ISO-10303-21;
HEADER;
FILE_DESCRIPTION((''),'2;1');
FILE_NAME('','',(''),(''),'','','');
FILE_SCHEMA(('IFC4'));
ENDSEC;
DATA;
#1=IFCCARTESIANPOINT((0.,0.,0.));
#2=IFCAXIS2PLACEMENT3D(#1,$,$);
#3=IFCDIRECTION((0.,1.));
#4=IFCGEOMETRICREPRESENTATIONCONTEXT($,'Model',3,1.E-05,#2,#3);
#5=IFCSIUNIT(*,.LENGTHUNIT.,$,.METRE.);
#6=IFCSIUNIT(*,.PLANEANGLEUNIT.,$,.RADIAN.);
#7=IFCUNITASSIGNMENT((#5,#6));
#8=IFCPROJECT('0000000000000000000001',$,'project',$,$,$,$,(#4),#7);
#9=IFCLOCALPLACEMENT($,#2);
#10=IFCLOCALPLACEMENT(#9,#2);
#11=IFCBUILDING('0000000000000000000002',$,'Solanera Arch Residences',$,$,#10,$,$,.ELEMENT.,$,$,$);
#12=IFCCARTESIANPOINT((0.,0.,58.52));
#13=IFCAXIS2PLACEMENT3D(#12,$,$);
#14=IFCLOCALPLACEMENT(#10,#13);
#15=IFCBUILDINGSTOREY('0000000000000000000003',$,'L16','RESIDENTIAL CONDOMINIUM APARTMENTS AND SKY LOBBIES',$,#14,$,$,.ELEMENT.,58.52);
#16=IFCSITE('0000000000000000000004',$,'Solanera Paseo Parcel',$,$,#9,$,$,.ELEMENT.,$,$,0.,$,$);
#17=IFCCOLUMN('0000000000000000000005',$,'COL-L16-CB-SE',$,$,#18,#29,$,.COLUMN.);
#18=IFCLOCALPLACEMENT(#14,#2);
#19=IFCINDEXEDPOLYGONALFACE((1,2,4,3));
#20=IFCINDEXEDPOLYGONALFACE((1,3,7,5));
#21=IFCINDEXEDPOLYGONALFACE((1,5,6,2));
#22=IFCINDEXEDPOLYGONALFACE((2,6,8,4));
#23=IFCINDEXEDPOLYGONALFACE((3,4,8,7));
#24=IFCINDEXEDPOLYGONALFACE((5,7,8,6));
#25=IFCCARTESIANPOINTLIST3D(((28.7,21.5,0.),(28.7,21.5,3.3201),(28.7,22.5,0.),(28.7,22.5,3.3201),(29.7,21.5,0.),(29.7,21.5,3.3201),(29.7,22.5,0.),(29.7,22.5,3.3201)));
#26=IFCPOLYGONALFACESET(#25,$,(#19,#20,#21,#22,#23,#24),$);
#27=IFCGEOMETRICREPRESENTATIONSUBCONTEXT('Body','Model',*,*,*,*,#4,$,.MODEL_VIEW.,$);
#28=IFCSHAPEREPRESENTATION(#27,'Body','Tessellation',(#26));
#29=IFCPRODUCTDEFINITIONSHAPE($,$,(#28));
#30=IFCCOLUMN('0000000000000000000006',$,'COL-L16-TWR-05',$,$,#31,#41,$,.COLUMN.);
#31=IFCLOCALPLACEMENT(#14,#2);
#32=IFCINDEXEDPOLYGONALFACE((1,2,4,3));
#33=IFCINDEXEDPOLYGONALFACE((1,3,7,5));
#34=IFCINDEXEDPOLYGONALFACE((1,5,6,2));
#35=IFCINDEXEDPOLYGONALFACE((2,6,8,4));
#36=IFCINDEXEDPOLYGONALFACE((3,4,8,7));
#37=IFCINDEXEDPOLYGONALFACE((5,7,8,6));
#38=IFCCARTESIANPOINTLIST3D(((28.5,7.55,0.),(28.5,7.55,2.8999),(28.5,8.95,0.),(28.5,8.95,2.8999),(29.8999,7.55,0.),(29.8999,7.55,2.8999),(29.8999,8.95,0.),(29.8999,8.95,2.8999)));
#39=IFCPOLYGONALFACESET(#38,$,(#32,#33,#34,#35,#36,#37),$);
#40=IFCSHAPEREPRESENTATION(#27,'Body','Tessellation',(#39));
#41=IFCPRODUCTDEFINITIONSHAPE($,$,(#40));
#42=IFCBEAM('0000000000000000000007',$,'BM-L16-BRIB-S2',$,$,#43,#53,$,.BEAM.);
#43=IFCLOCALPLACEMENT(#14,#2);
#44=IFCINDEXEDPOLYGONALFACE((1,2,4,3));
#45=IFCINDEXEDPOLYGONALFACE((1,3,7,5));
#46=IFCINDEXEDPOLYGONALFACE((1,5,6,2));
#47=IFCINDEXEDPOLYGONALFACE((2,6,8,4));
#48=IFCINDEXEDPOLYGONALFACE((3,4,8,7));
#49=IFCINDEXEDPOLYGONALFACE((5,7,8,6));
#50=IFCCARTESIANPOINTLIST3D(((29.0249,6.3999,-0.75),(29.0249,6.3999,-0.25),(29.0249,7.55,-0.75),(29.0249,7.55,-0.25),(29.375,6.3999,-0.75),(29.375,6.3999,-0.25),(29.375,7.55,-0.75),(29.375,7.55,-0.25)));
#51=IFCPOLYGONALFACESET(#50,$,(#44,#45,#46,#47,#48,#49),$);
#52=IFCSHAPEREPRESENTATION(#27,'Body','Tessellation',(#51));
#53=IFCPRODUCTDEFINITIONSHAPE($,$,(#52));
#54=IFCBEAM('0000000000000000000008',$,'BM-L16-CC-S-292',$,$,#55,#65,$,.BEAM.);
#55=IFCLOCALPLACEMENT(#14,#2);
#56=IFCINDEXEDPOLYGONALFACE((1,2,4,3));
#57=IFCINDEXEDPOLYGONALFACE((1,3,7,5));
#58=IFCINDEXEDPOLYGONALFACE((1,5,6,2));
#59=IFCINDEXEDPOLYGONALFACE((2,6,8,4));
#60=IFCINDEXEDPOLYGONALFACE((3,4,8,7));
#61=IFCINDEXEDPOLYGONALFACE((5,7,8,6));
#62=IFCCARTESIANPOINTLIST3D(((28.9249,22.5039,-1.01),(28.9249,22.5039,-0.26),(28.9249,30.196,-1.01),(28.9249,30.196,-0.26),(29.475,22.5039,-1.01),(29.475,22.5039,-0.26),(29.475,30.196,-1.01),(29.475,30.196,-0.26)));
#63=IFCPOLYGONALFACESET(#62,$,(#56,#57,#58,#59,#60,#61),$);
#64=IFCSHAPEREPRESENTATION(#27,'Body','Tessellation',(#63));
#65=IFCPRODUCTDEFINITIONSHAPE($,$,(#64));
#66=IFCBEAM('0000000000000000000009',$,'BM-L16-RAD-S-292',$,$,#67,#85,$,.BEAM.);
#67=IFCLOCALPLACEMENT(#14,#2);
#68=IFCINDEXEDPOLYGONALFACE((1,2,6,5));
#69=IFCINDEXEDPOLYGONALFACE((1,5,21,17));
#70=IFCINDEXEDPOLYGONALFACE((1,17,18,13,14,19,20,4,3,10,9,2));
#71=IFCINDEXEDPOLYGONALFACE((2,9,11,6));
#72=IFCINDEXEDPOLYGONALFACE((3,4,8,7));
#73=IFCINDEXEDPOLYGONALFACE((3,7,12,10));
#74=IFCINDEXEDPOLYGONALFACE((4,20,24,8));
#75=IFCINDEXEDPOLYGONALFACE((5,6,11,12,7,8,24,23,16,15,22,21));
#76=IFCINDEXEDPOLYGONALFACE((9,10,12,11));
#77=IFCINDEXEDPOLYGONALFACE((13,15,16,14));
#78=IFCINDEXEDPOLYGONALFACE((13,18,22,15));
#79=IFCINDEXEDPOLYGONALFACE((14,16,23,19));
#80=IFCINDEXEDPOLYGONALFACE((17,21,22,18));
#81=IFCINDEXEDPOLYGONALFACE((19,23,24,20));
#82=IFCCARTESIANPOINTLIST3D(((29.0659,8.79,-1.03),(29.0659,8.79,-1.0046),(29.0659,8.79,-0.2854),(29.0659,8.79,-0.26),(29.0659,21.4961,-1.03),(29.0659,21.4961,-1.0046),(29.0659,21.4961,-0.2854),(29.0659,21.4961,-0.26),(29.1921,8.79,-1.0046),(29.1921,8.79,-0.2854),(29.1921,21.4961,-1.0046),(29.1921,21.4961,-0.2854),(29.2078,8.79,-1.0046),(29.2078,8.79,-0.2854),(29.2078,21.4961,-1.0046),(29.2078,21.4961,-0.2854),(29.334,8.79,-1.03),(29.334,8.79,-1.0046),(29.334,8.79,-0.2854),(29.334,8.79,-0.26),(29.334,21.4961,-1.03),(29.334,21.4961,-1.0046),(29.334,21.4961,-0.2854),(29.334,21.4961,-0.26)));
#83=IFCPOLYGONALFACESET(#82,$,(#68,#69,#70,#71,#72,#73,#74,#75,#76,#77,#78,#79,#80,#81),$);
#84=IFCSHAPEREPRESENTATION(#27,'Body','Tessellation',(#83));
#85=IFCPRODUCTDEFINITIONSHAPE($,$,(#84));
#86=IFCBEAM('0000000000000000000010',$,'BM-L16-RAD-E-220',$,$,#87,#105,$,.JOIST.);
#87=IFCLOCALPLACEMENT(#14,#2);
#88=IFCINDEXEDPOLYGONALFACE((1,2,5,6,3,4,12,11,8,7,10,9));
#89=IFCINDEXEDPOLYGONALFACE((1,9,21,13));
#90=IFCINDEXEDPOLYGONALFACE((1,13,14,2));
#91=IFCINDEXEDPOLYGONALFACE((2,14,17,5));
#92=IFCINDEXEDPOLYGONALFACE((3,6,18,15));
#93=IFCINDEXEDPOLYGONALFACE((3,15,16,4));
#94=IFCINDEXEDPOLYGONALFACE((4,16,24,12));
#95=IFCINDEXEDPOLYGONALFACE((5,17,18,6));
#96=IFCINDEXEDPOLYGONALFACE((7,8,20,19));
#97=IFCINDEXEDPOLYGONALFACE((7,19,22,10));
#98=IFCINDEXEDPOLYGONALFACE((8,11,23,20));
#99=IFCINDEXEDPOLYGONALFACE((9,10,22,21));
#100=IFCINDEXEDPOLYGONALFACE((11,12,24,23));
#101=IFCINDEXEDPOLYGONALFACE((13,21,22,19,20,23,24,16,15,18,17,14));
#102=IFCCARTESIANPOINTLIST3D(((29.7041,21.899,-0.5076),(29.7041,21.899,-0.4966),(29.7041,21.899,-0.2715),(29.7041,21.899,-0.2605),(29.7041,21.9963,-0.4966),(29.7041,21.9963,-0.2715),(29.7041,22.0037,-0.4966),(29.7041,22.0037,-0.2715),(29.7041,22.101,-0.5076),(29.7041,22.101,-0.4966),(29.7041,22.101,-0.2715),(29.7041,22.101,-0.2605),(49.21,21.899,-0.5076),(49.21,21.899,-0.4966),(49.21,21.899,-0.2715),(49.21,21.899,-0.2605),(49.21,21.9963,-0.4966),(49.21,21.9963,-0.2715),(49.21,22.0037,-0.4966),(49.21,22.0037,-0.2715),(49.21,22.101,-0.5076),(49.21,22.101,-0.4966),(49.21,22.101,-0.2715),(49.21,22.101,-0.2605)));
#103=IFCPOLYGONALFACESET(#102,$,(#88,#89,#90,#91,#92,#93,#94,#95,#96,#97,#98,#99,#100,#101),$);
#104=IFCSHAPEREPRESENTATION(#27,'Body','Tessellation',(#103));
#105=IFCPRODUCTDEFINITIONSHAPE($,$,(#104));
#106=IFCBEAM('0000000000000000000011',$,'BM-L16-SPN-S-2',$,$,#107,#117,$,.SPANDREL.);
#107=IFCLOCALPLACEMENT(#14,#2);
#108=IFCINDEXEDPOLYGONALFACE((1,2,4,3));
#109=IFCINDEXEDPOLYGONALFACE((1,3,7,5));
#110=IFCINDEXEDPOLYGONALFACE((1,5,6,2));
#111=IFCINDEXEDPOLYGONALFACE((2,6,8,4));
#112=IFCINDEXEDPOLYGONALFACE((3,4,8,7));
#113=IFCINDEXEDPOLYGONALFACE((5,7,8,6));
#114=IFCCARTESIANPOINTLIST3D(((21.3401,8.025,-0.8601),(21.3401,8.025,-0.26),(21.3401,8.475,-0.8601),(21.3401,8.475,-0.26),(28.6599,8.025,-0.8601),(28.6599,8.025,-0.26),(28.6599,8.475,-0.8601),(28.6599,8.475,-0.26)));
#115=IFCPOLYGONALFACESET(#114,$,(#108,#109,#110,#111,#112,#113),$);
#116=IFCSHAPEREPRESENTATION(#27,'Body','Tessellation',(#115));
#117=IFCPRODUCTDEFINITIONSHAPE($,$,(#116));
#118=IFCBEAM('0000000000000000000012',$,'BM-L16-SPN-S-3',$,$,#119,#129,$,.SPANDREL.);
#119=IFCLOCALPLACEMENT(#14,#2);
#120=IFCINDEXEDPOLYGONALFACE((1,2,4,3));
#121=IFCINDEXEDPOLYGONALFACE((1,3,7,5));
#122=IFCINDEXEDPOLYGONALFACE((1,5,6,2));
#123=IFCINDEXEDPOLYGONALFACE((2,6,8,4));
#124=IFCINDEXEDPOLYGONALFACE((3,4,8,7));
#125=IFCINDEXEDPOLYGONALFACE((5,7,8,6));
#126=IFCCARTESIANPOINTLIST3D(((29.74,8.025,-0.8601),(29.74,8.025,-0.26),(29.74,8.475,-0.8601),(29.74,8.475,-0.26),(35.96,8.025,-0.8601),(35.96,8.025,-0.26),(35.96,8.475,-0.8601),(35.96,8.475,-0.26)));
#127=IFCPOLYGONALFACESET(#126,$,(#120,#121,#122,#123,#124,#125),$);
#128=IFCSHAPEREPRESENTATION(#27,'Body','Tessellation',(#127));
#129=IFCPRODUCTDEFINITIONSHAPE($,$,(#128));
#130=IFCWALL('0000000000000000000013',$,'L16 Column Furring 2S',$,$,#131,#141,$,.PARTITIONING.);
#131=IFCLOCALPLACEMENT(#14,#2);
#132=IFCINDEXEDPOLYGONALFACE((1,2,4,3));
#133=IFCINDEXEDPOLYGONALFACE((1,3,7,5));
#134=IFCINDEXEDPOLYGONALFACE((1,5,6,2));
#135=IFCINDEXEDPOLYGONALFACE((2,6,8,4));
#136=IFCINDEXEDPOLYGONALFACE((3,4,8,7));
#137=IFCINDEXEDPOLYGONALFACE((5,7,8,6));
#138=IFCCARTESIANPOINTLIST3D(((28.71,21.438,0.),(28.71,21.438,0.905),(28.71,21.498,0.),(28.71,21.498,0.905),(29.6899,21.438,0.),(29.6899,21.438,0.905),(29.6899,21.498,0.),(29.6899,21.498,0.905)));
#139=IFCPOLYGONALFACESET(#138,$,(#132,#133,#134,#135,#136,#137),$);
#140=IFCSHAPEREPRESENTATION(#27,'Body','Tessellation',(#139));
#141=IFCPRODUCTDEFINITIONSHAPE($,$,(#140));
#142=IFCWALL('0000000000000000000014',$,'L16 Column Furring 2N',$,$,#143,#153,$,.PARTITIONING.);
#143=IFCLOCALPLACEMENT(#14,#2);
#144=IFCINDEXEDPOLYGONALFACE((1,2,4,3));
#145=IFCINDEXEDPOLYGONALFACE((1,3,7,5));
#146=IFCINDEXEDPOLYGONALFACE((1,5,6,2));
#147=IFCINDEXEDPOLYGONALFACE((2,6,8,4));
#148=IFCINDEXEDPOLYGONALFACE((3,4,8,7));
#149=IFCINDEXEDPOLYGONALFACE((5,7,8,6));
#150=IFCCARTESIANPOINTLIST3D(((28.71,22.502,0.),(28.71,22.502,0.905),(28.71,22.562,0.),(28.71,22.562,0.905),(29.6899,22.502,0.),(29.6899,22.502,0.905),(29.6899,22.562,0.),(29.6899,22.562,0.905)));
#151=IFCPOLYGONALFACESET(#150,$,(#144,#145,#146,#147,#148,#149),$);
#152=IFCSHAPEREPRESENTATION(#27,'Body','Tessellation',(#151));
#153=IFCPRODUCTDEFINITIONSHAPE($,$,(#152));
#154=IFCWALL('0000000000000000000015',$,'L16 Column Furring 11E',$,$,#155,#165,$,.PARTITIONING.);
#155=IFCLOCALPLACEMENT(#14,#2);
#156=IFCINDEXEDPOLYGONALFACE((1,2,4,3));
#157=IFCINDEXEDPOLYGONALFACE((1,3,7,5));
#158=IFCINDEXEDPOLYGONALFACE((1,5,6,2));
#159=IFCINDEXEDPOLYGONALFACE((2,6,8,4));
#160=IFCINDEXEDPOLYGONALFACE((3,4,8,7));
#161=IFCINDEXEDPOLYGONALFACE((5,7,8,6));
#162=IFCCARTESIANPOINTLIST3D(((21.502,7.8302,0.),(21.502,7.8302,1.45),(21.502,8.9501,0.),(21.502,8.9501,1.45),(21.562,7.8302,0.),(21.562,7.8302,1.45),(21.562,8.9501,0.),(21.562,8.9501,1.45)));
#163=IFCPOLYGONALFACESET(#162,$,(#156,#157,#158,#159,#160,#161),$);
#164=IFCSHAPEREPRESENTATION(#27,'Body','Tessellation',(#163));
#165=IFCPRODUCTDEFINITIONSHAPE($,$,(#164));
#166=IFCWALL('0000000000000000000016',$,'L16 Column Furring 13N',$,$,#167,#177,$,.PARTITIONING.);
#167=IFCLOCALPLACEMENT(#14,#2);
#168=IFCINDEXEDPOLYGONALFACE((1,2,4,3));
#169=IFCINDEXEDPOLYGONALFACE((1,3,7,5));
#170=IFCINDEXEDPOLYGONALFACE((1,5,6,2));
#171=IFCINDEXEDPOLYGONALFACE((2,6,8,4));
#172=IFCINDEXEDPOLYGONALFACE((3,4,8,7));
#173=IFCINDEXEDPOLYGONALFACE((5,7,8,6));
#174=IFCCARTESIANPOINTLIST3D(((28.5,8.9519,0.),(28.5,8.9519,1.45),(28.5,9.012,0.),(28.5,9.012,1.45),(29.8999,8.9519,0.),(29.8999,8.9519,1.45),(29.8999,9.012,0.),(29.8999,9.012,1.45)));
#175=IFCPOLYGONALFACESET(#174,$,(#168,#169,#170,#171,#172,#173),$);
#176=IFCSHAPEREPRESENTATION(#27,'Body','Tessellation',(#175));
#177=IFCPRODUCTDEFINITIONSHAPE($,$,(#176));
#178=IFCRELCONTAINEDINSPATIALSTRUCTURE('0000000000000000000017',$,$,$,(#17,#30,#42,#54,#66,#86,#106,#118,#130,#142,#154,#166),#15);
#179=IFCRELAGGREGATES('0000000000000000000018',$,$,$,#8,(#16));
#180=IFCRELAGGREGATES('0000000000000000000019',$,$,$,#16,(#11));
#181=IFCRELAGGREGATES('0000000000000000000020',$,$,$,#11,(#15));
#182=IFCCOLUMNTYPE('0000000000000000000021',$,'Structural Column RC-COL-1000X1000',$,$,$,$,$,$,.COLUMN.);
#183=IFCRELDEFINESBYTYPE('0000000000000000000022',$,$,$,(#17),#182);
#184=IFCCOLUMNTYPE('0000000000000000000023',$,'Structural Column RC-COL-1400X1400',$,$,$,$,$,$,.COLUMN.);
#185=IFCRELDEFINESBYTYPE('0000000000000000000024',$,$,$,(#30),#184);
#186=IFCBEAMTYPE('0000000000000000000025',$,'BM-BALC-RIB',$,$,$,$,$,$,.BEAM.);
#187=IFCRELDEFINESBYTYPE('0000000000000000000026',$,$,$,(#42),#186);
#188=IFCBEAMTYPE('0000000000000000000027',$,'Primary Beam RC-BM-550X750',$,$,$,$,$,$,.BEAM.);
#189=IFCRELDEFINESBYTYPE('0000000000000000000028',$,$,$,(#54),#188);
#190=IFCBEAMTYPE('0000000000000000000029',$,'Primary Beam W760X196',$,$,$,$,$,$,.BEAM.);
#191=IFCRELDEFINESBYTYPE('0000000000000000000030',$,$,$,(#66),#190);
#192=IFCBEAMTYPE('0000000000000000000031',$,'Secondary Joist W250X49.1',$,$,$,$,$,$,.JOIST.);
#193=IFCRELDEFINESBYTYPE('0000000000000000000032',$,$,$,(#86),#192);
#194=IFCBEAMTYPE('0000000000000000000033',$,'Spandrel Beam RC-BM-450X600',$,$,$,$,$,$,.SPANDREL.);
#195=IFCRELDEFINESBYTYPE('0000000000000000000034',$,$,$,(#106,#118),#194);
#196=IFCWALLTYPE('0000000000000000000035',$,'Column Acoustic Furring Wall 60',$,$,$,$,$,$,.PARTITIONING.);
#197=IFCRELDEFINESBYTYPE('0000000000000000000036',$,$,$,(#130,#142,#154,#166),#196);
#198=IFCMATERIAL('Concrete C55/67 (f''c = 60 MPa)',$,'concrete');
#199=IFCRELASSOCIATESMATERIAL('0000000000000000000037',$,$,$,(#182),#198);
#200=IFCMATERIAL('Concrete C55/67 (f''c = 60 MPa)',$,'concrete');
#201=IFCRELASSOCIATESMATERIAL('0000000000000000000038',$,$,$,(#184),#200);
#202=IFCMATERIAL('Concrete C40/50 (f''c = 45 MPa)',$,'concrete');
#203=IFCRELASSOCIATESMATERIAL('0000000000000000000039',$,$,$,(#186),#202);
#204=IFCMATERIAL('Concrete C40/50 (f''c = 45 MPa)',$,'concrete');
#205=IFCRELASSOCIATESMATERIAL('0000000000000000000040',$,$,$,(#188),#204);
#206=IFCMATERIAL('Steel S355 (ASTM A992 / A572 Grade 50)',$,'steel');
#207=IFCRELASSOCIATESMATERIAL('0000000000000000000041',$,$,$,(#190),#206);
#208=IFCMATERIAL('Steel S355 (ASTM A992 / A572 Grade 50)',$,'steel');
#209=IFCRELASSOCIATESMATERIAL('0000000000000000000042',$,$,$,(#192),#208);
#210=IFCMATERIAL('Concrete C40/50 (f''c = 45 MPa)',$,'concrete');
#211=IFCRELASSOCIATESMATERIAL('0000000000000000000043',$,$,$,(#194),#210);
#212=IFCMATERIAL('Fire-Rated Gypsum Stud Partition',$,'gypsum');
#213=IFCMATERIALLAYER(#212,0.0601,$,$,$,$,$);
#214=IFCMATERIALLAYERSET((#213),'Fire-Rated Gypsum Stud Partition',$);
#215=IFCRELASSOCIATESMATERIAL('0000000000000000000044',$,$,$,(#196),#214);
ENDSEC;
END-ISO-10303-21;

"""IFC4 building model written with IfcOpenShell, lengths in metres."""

from ifc_helpers import new_model, si_unit, direction, frame, frame_2d, origin, origin_2d, place, context, subcontext, project, spatial, rectangle, i_section, extrude, material, layer, layer_set, material_profile, profile_set, type_object, element, save


model = new_model("IFC4")

# Units and contexts
model_context = context("Model", 3, precision=1e-05, world=origin(), true_north=direction((0.0, 1.0)))
body_context = subcontext(model_context, "Body", "Model", "MODEL_VIEW")
ifc_project = project(units=[si_unit("LENGTHUNIT", "METRE"), si_unit("PLANEANGLEUNIT", "RADIAN")], contexts=[model_context])

# Site, building, storey
site_placement = place(None, origin())
site = spatial("IfcSite", under=ifc_project, at=site_placement, Name="Solanera Paseo Parcel", CompositionType="ELEMENT", RefElevation=0.0)
building_placement = place(site_placement, origin())
building = spatial("IfcBuilding", under=site, at=building_placement, Name="Solanera Arch Residences", CompositionType="ELEMENT")
storey_placement = place(building_placement, frame((0.0, 0.0, 58.52)))
storey = spatial("IfcBuildingStorey", under=building, at=storey_placement, Name="L16", Description="RESIDENTIAL CONDOMINIUM APARTMENTS AND SKY LOBBIES", CompositionType="ELEMENT", Elevation=58.52)

# Columns
ifc_material_1 = material(Name="Concrete C55/67 (f'c = 60 MPa)", Category="concrete")
ifc_material_profile_1 = material_profile(ifc_material_1, rectangle(XDim=1.0, YDim=1.0, at=origin_2d()))
ifc_profile_set_1 = profile_set([ifc_material_profile_1], Name="Concrete C55/67 (f'c = 60 MPa)")
column_type_1 = type_object("IfcColumnType", Name="Structural Column RC-COL-1000X1000", PredefinedType="COLUMN", material=ifc_profile_set_1)
column_1_placement = place(storey_placement, frame((29.2, 22.0, 0.0), z_axis=(0.0, 0.0, 1.0), x_axis=(1.0, 0.0, 0.0)))
element("IfcColumn", 1, at=column_1_placement, inside=storey, type_object=column_type_1, Name="COL-L16-CB-SE", PredefinedType="COLUMN", context=body_context, shape_type="SweptSolid", body=[
    extrude(rectangle(XDim=1.0, YDim=1.0, at=origin_2d()), origin(), (0.0, 0.0, 1.0), 3.3201),
])
ifc_material_2 = material(Name="Concrete C55/67 (f'c = 60 MPa)", Category="concrete")
ifc_material_profile_2 = material_profile(ifc_material_2, rectangle(XDim=1.3999, YDim=1.3999, at=origin_2d()))
ifc_profile_set_2 = profile_set([ifc_material_profile_2], Name="Concrete C55/67 (f'c = 60 MPa)")
column_type_2 = type_object("IfcColumnType", Name="Structural Column RC-COL-1400X1400", PredefinedType="COLUMN", material=ifc_profile_set_2)
column_2_placement = place(storey_placement, frame((29.2, 8.25, 0.0), z_axis=(0.0, 0.0, 1.0), x_axis=(1.0, 0.0, 0.0)))
element("IfcColumn", 2, at=column_2_placement, inside=storey, type_object=column_type_2, Name="COL-L16-TWR-05", PredefinedType="COLUMN", context=body_context, shape_type="SweptSolid", body=[
    extrude(rectangle(XDim=1.3999, YDim=1.3999, at=origin_2d()), origin(), (0.0, 0.0, 1.0), 2.8999),
])

# Beams
ifc_material_3 = material(Name="Concrete C40/50 (f'c = 45 MPa)", Category="concrete")
ifc_material_profile_3 = material_profile(ifc_material_3, rectangle(XDim=0.3501, YDim=0.5, at=origin_2d()))
ifc_profile_set_3 = profile_set([ifc_material_profile_3], Name="Concrete C40/50 (f'c = 45 MPa)")
beam_type_1 = type_object("IfcBeamType", Name="BM-BALC-RIB", PredefinedType="BEAM", material=ifc_profile_set_3)
beam_1_placement = place(storey_placement, frame((29.2, 6.3999, -0.5), z_axis=(0.0, 1.0, 0.0), x_axis=(-1.0, 0.0, 0.0)))
element("IfcBeam", 3, at=beam_1_placement, inside=storey, type_object=beam_type_1, Name="BM-L16-BRIB-S2", PredefinedType="BEAM", context=body_context, shape_type="SweptSolid", body=[
    extrude(rectangle(XDim=0.3501, YDim=0.5, at=origin_2d()), origin(), (0.0, 0.0, 1.0), 1.1501),
])
ifc_material_4 = material(Name="Concrete C40/50 (f'c = 45 MPa)", Category="concrete")
ifc_material_profile_4 = material_profile(ifc_material_4, rectangle(XDim=0.55, YDim=0.75, at=origin_2d()))
ifc_profile_set_4 = profile_set([ifc_material_profile_4], Name="Concrete C40/50 (f'c = 45 MPa)")
beam_type_2 = type_object("IfcBeamType", Name="Primary Beam RC-BM-550X750", PredefinedType="BEAM", material=ifc_profile_set_4)
beam_2_placement = place(storey_placement, frame((29.2, 22.5039, -0.635), z_axis=(0.0, 1.0, 0.0), x_axis=(-1.0, 0.0, 0.0)))
element("IfcBeam", 4, at=beam_2_placement, inside=storey, type_object=beam_type_2, Name="BM-L16-CC-S-292", PredefinedType="BEAM", context=body_context, shape_type="SweptSolid", body=[
    extrude(rectangle(XDim=0.55, YDim=0.75, at=origin_2d()), origin(), (0.0, 0.0, 1.0), 7.6921),
])
ifc_material_5 = material(Name="Steel S355 (ASTM A992 / A572 Grade 50)", Category="steel")
ifc_material_profile_5 = material_profile(ifc_material_5, i_section(OverallWidth=0.2681, OverallDepth=0.77, WebThickness=0.0156, FlangeThickness=0.0254, at=origin_2d()))
ifc_profile_set_5 = profile_set([ifc_material_profile_5], Name="Steel S355 (ASTM A992 / A572 Grade 50)")
beam_type_3 = type_object("IfcBeamType", Name="Primary Beam W760X196", PredefinedType="BEAM", material=ifc_profile_set_5)
beam_3_placement = place(storey_placement, frame((29.2, 8.79, -0.645), z_axis=(0.0, 1.0, 0.0), x_axis=(-1.0, 0.0, 0.0)))
element("IfcBeam", 5, at=beam_3_placement, inside=storey, type_object=beam_type_3, Name="BM-L16-RAD-S-292", PredefinedType="BEAM", context=body_context, shape_type="SweptSolid", body=[
    extrude(i_section(OverallWidth=0.2681, OverallDepth=0.77, WebThickness=0.0156, FlangeThickness=0.0254, at=origin_2d()), origin(), (0.0, 0.0, 1.0), 12.7061),
])
ifc_material_6 = material(Name="Steel S355 (ASTM A992 / A572 Grade 50)", Category="steel")
ifc_material_profile_6 = material_profile(ifc_material_6, i_section(OverallWidth=0.2019, OverallDepth=0.2471, WebThickness=0.0073, FlangeThickness=0.011, at=origin_2d()))
ifc_profile_set_6 = profile_set([ifc_material_profile_6], Name="Steel S355 (ASTM A992 / A572 Grade 50)")
beam_type_4 = type_object("IfcBeamType", Name="Secondary Joist W250X49.1", PredefinedType="JOIST", material=ifc_profile_set_6)
beam_4_placement = place(storey_placement, frame((29.7041, 22.0, -0.384), z_axis=(1.0, 0.0, 0.0), x_axis=(0.0, 1.0, 0.0)))
element("IfcBeam", 6, at=beam_4_placement, inside=storey, type_object=beam_type_4, Name="BM-L16-RAD-E-220", PredefinedType="JOIST", context=body_context, shape_type="SweptSolid", body=[
    extrude(i_section(OverallWidth=0.2019, OverallDepth=0.2471, WebThickness=0.0073, FlangeThickness=0.011, at=origin_2d()), origin(), (0.0, 0.0, 1.0), 19.5059),
])
ifc_material_7 = material(Name="Concrete C40/50 (f'c = 45 MPa)", Category="concrete")
ifc_material_profile_7 = material_profile(ifc_material_7, rectangle(XDim=0.45, YDim=0.6001, at=origin_2d()))
ifc_profile_set_7 = profile_set([ifc_material_profile_7], Name="Concrete C40/50 (f'c = 45 MPa)")
beam_type_5 = type_object("IfcBeamType", Name="Spandrel Beam RC-BM-450X600", PredefinedType="SPANDREL", material=ifc_profile_set_7)
beam_5_placement = place(storey_placement, frame((21.3401, 8.25, -0.5601), z_axis=(1.0, 0.0, 0.0), x_axis=(0.0, 1.0, 0.0)))
element("IfcBeam", 7, at=beam_5_placement, inside=storey, type_object=beam_type_5, Name="BM-L16-SPN-S-2", PredefinedType="SPANDREL", context=body_context, shape_type="SweptSolid", body=[
    extrude(rectangle(XDim=0.45, YDim=0.6001, at=origin_2d()), origin(), (0.0, 0.0, 1.0), 7.3198),
])
beam_6_placement = place(storey_placement, frame((29.74, 8.25, -0.5601), z_axis=(1.0, 0.0, 0.0), x_axis=(0.0, 1.0, 0.0)))
element("IfcBeam", 8, at=beam_6_placement, inside=storey, type_object=beam_type_5, Name="BM-L16-SPN-S-3", PredefinedType="SPANDREL", context=body_context, shape_type="SweptSolid", body=[
    extrude(rectangle(XDim=0.45, YDim=0.6001, at=origin_2d()), origin(), (0.0, 0.0, 1.0), 6.22),
])

# Walls
ifc_material_8 = material(Name="Fire-Rated Gypsum Stud Partition", Category="gypsum")
ifc_layer_1 = layer(ifc_material_8, 0.0601)
ifc_layer_set_1 = layer_set([ifc_layer_1], Name="Fire-Rated Gypsum Stud Partition")
wall_type_1 = type_object("IfcWallType", Name="Column Acoustic Furring Wall 60", PredefinedType="PARTITIONING", material=ifc_layer_set_1)
for number, where, z_axis, x_axis, name in (
    (9, (28.71, 21.468, 0.0), (0.0, 0.0, 1.0), (1.0, 0.0, 0.0), "L16 Column Furring 2S"),
    (10, (28.71, 22.532, 0.0), (0.0, 0.0, 1.0), (1.0, 0.0, 0.0), "L16 Column Furring 2N"),
):
    element("IfcWall", number, at=place(storey_placement, frame(where, z_axis=z_axis, x_axis=x_axis)), inside=storey, type_object=wall_type_1, Name=name, PredefinedType="PARTITIONING", context=body_context, shape_type="SweptSolid", body=[
        extrude(rectangle(XDim=0.98, YDim=0.0601, at=frame_2d((0.49, 0.0))), origin(), (0.0, 0.0, 1.0), 0.905),
    ])
wall_1_placement = place(storey_placement, frame((21.532, 7.8301, 0.0), z_axis=(0.0, 0.0, 1.0), x_axis=(0.0, 1.0, 0.0)))
element("IfcWall", 11, at=wall_1_placement, inside=storey, type_object=wall_type_1, Name="L16 Column Furring 11E", PredefinedType="PARTITIONING", context=body_context, shape_type="SweptSolid", body=[
    extrude(rectangle(XDim=1.1199, YDim=0.0601, at=frame_2d((0.5601, 0.0))), origin(), (0.0, 0.0, 1.0), 1.45),
])
wall_2_placement = place(storey_placement, frame((28.5, 8.9819, 0.0), z_axis=(0.0, 0.0, 1.0), x_axis=(1.0, 0.0, 0.0)))
element("IfcWall", 12, at=wall_2_placement, inside=storey, type_object=wall_type_1, Name="L16 Column Furring 13N", PredefinedType="PARTITIONING", context=body_context, shape_type="SweptSolid", body=[
    extrude(rectangle(XDim=1.3999, YDim=0.0601, at=frame_2d((0.7, 0.0))), origin(), (0.0, 0.0, 1.0), 1.45),
])

save(model, "model.ifc")
